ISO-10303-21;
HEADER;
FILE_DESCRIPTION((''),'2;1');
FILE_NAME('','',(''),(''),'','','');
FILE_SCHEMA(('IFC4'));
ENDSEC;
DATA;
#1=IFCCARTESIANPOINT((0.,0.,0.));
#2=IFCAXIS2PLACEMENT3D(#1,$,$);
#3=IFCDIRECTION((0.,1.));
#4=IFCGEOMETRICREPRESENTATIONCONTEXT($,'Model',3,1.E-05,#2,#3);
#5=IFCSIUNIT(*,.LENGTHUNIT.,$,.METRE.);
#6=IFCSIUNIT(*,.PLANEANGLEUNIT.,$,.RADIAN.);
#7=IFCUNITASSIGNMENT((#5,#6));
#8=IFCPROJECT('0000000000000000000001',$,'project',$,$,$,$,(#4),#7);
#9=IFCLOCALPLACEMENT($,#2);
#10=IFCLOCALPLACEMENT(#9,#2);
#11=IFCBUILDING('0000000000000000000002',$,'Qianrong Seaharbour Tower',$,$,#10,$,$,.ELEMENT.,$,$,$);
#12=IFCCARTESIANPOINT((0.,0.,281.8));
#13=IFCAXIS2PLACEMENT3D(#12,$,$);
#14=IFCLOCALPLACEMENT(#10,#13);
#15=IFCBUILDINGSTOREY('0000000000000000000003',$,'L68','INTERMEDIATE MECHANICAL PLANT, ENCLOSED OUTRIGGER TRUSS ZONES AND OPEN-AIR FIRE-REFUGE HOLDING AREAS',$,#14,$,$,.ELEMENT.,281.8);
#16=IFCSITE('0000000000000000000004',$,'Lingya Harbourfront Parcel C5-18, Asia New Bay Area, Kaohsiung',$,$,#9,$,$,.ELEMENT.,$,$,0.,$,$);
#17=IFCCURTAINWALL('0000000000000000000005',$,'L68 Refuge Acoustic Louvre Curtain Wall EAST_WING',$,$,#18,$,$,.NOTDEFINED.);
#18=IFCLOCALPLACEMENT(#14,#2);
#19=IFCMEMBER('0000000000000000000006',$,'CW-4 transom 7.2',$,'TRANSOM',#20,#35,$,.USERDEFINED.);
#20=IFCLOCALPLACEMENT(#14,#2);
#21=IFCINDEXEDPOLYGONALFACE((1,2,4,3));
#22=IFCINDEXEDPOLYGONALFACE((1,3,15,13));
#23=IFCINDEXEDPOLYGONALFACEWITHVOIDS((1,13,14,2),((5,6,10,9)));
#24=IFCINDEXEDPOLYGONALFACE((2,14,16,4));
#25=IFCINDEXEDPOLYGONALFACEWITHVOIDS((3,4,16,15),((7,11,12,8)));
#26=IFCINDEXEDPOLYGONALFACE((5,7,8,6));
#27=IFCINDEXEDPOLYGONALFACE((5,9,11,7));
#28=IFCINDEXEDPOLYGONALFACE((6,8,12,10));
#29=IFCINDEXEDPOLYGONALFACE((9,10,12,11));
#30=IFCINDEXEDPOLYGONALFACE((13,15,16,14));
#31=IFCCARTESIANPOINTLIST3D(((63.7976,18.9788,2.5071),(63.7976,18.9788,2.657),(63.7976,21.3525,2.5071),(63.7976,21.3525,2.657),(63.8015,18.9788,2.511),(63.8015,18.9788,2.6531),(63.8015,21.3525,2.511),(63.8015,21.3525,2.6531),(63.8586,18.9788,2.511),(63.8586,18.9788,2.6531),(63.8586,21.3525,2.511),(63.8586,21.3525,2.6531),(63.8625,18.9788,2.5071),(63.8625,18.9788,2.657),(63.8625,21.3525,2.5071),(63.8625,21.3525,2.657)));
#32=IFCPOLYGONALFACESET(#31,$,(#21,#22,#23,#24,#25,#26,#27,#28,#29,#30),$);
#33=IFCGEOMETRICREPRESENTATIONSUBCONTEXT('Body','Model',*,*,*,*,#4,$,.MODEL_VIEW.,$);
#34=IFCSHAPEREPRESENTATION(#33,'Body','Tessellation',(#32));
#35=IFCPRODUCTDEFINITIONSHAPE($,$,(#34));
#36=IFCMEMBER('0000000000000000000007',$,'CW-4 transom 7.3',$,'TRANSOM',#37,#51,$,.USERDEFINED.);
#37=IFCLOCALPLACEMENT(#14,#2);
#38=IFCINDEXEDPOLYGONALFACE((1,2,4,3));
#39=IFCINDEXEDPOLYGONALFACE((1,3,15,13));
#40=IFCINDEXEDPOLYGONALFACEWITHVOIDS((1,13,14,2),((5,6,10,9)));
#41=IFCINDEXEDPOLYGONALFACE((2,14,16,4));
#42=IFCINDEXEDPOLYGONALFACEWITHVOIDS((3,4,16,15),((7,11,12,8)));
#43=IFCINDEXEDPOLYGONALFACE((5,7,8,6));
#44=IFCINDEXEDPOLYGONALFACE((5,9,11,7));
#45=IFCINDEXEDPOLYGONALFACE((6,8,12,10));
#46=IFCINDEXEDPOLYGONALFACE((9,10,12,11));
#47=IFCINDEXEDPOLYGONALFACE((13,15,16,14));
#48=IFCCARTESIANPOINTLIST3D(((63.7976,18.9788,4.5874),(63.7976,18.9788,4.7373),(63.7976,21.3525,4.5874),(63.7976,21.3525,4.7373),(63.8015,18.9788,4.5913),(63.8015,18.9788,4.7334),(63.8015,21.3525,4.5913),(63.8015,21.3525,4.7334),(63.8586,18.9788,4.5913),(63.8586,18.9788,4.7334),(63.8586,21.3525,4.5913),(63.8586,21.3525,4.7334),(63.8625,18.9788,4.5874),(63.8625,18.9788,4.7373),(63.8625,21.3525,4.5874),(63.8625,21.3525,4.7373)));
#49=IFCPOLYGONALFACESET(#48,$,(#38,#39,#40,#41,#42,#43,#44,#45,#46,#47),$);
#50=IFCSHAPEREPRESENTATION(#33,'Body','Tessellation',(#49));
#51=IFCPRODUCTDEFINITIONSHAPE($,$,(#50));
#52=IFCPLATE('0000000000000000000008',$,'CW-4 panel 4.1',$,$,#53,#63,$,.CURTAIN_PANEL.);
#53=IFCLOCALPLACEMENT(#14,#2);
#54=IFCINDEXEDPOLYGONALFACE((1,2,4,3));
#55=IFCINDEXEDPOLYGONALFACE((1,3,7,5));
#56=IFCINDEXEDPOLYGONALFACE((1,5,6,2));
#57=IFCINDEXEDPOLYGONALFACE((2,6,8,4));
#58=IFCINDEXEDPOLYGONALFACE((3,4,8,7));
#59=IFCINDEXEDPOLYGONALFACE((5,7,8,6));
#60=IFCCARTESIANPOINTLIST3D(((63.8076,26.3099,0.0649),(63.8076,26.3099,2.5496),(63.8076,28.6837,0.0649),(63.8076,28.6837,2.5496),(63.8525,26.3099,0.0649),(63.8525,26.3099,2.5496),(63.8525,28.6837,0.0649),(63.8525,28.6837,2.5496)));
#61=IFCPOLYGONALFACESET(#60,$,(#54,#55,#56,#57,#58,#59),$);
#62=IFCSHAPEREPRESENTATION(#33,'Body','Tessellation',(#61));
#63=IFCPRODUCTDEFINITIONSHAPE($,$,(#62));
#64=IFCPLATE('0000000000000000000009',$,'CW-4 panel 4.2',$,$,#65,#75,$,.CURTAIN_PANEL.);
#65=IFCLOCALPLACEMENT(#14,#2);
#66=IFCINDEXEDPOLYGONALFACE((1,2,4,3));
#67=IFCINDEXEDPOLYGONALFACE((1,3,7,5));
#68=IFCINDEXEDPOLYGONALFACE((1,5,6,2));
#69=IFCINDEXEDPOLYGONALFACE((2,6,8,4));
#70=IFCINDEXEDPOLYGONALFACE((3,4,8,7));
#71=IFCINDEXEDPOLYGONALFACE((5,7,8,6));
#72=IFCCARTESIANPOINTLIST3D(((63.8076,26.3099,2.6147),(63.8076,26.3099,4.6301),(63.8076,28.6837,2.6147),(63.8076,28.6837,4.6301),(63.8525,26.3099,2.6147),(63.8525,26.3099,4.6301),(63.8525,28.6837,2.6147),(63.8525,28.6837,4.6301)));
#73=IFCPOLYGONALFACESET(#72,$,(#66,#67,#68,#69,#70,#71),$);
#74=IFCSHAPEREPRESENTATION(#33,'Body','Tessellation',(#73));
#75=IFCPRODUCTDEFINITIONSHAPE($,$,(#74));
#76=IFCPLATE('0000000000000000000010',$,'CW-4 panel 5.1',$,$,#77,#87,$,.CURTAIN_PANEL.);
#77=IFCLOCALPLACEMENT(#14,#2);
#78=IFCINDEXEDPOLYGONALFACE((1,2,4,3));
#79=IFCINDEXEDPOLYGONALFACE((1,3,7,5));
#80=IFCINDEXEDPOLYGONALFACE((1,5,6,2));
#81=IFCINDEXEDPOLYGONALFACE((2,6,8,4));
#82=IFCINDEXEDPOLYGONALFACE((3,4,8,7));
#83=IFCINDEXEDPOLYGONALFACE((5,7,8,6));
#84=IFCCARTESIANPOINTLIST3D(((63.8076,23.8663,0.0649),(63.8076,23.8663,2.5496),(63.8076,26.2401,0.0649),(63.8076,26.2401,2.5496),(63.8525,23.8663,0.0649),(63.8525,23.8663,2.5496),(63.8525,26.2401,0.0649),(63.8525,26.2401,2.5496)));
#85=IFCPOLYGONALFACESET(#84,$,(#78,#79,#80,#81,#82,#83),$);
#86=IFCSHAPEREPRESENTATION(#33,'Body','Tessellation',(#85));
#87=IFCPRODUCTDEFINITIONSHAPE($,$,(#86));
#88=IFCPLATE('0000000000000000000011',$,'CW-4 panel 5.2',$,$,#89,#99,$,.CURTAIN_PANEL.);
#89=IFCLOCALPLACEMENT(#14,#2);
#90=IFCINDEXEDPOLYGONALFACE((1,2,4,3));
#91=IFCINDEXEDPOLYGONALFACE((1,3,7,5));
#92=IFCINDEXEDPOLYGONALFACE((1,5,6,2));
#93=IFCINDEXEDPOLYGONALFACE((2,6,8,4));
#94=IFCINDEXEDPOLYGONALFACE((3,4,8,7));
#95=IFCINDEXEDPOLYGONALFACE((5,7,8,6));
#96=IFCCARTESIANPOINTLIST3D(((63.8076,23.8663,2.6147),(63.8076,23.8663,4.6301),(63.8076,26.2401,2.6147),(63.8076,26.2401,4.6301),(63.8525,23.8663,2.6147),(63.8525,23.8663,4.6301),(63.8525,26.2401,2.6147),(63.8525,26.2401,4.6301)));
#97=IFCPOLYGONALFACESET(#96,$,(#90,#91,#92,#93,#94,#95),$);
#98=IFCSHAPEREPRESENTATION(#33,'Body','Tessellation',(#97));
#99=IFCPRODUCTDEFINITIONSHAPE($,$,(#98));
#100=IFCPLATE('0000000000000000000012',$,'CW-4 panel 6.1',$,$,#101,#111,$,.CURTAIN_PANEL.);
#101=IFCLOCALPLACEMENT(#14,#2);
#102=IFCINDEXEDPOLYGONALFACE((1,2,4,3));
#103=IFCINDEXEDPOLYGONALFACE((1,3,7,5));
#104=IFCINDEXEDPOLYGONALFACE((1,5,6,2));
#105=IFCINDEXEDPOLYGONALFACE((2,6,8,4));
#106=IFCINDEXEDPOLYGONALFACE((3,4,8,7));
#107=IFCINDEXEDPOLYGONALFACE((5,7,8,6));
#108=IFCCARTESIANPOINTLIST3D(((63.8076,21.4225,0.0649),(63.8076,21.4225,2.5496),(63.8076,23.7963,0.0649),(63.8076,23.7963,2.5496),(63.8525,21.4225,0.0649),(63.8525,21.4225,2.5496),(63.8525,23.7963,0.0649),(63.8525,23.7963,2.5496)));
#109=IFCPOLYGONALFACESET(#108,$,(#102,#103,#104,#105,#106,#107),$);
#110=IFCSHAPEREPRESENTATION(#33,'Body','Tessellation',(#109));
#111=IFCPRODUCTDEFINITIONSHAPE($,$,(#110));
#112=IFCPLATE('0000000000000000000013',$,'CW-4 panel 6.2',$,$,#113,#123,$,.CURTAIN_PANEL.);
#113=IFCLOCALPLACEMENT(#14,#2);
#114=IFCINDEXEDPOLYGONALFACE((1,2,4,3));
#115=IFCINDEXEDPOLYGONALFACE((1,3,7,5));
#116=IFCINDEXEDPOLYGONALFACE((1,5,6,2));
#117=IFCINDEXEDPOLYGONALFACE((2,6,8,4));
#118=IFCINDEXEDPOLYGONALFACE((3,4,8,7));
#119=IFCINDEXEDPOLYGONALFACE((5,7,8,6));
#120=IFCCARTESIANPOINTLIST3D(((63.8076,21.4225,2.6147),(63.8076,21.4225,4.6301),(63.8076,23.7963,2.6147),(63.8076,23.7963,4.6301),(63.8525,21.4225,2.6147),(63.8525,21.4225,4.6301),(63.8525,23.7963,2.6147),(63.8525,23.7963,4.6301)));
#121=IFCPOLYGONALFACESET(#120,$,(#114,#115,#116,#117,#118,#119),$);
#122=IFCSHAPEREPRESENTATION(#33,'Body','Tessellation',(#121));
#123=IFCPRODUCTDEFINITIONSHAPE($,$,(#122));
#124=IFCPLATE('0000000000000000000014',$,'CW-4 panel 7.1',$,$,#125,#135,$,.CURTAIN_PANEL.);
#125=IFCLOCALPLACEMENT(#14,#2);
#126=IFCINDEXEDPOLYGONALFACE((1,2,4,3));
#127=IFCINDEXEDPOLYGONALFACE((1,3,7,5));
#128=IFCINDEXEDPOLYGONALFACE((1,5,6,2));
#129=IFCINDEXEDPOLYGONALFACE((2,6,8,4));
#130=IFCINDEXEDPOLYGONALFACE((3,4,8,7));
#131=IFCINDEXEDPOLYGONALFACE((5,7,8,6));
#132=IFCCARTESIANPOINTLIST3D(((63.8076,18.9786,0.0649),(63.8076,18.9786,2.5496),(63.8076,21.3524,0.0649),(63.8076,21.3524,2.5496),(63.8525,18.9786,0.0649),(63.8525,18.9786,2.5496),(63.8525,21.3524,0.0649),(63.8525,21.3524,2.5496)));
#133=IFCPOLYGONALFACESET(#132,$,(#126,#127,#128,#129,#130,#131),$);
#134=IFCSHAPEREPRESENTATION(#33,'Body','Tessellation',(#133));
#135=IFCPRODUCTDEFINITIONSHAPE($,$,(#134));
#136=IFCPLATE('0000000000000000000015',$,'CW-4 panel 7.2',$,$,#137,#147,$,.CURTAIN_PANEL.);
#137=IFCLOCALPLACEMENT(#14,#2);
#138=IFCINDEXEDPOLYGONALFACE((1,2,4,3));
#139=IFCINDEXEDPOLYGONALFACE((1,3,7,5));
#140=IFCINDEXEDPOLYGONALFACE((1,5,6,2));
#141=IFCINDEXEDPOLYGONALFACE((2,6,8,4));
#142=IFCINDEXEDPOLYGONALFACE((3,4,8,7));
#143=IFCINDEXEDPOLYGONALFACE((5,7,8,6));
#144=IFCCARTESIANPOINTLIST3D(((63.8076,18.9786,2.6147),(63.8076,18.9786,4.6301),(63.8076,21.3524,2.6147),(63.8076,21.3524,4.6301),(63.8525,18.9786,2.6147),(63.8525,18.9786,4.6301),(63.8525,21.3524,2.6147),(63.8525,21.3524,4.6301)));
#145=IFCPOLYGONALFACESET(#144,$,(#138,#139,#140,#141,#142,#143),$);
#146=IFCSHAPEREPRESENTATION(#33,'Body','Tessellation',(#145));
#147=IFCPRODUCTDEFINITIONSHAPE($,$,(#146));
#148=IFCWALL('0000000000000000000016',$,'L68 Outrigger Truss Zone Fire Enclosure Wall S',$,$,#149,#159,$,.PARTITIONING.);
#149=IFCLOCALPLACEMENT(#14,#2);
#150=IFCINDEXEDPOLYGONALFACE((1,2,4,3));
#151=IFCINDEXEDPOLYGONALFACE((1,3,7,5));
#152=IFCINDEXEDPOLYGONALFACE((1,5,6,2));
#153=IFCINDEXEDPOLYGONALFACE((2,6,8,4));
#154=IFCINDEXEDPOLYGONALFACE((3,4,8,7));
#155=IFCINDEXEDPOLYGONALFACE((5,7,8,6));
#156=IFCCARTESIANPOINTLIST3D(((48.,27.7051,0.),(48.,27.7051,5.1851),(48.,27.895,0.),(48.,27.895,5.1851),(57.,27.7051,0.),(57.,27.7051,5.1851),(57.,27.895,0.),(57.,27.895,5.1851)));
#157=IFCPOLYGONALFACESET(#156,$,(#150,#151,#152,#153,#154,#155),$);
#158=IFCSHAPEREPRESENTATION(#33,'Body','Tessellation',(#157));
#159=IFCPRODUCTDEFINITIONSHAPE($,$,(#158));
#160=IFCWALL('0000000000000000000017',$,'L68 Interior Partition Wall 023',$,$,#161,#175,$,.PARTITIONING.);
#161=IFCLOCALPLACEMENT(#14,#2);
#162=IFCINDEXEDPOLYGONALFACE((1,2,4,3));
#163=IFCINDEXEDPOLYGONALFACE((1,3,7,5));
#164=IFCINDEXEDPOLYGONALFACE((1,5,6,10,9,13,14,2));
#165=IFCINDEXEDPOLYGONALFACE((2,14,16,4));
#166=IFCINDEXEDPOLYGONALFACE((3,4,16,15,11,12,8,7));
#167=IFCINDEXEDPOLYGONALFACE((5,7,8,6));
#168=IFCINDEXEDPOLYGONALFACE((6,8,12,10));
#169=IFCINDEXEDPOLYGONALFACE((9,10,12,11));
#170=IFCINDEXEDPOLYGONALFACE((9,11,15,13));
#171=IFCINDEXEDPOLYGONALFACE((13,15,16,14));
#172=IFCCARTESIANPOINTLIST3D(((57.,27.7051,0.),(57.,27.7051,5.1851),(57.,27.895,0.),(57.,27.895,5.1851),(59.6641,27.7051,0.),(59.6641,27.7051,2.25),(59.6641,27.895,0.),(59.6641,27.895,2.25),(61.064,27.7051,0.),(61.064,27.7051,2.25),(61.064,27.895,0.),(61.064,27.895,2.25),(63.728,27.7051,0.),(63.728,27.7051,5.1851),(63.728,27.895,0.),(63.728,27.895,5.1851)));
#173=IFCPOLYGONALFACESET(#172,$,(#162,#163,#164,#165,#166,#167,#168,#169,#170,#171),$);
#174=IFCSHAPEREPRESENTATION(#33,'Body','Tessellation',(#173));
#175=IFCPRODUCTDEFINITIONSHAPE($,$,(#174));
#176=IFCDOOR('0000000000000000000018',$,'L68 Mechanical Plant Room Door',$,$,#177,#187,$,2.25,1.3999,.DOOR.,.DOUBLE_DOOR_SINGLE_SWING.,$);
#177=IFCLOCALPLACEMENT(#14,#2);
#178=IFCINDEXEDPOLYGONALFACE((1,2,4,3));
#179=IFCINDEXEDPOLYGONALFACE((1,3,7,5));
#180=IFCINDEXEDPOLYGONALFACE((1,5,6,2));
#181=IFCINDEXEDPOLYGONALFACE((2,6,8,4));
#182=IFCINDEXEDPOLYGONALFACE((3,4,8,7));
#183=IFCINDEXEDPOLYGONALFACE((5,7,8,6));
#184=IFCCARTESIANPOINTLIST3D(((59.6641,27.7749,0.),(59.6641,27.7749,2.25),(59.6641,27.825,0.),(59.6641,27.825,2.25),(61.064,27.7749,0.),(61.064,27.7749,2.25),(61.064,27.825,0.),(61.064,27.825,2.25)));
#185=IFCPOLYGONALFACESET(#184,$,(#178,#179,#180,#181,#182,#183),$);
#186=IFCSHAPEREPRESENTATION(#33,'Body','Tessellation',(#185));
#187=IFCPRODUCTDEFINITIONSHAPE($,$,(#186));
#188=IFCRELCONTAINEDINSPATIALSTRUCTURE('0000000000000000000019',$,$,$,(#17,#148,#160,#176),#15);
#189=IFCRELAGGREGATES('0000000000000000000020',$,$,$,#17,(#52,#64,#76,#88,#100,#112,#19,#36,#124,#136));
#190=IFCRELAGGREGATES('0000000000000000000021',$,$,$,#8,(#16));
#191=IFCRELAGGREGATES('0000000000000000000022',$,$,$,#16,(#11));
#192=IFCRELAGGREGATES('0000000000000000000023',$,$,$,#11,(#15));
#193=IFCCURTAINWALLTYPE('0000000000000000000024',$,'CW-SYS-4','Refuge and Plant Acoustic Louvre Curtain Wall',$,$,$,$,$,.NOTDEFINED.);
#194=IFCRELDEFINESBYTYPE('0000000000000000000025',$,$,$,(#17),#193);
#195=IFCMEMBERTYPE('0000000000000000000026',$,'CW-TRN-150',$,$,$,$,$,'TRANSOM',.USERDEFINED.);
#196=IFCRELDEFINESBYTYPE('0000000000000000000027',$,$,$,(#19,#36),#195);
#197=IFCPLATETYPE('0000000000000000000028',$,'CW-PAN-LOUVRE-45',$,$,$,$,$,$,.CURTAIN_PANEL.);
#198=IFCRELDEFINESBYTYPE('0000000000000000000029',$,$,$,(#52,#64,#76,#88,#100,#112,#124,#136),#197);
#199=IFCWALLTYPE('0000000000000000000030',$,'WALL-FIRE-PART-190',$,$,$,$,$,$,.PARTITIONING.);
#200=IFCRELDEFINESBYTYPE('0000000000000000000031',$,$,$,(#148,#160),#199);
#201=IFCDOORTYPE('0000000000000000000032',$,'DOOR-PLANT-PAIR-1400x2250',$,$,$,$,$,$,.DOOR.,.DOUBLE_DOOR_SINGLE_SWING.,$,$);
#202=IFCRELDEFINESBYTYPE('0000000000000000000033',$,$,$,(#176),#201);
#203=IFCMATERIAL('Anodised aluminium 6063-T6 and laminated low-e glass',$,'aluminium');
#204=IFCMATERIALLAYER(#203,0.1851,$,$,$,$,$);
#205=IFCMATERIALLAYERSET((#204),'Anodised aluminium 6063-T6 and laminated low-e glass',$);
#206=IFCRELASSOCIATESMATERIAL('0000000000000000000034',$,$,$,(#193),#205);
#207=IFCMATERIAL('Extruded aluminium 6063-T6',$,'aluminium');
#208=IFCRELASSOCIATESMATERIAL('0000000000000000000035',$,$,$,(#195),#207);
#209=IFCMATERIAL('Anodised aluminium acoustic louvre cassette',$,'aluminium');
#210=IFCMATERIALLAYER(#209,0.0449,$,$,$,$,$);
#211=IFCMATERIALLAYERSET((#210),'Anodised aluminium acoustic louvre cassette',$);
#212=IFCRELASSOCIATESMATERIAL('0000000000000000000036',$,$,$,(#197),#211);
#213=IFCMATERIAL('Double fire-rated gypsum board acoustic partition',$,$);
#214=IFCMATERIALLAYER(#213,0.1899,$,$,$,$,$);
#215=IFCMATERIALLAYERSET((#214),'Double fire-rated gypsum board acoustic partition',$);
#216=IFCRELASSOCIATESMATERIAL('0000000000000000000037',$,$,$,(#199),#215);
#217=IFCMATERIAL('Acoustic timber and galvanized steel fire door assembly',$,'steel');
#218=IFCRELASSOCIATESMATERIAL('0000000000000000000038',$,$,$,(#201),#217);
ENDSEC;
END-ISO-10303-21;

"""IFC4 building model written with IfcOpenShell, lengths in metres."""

from ifc_helpers import new_model, si_unit, direction, frame, frame_2d, origin, origin_2d, place, context, subcontext, project, spatial, rectangle, hollow_rectangle, extrude, material, layer, layer_set, material_profile, profile_set, type_object, element, fill, aggregate, save


model = new_model("IFC4")

# Units and contexts
model_context = context("Model", 3, precision=1e-05, world=origin(), true_north=direction((0.0, 1.0)))
body_context = subcontext(model_context, "Body", "Model", "MODEL_VIEW")
ifc_project = project(units=[si_unit("LENGTHUNIT", "METRE"), si_unit("PLANEANGLEUNIT", "RADIAN")], contexts=[model_context])

# Site, building, storey
site_placement = place(None, origin())
site = spatial("IfcSite", under=ifc_project, at=site_placement, Name="Lingya Harbourfront Parcel C5-18, Asia New Bay Area, Kaohsiung", CompositionType="ELEMENT", RefElevation=0.0)
building_placement = place(site_placement, origin())
building = spatial("IfcBuilding", under=site, at=building_placement, Name="Qianrong Seaharbour Tower", CompositionType="ELEMENT")
storey_placement = place(building_placement, frame((0.0, 0.0, 281.8)))
storey = spatial("IfcBuildingStorey", under=building, at=storey_placement, Name="L68", Description="INTERMEDIATE MECHANICAL PLANT, ENCLOSED OUTRIGGER TRUSS ZONES AND OPEN-AIR FIRE-REFUGE HOLDING AREAS", CompositionType="ELEMENT", Elevation=281.8)

# Curtain wall, members, plates
ifc_material_1 = material(Name="Anodised aluminium 6063-T6 and laminated low-e glass", Category="aluminium")
ifc_layer_1 = layer(ifc_material_1, 0.1851)
ifc_layer_set_1 = layer_set([ifc_layer_1], Name="Anodised aluminium 6063-T6 and laminated low-e glass")
curtain_wall_type = type_object("IfcCurtainWallType", Name="CW-SYS-4", Description="Refuge and Plant Acoustic Louvre Curtain Wall", PredefinedType="NOTDEFINED", material=ifc_layer_set_1)
curtain_wall_placement = place(storey_placement, origin())
curtain_wall = element("IfcCurtainWall", 1, at=curtain_wall_placement, inside=storey, type_object=curtain_wall_type, Name="L68 Refuge Acoustic Louvre Curtain Wall EAST_WING", PredefinedType="NOTDEFINED")
ifc_material_2 = material(Name="Extruded aluminium 6063-T6", Category="aluminium")
ifc_material_profile_1 = material_profile(ifc_material_2, hollow_rectangle(XDim=0.0649, YDim=0.1499, WallThickness=0.0039, at=origin_2d()), Name="ALU-TRN-150x65x4")
ifc_profile_set_1 = profile_set([ifc_material_profile_1], Name="Extruded aluminium 6063-T6")
member_type_1 = type_object("IfcMemberType", Name="CW-TRN-150", ElementType="TRANSOM", PredefinedType="USERDEFINED", material=ifc_profile_set_1)
member_1_placement = place(storey_placement, frame((63.8301, 21.3525, 2.582), z_axis=(0.0, -1.0, 0.0), x_axis=(1.0, 0.0, 0.0)))
member_1 = element("IfcMember", 2, at=member_1_placement, type_object=member_type_1, Name="CW-4 transom 7.2", ObjectType="TRANSOM", PredefinedType="USERDEFINED", context=body_context, shape_type="SweptSolid", body=[
    extrude(hollow_rectangle(XDim=0.0649, YDim=0.1499, WallThickness=0.0039, at=origin_2d()), origin(), (0.0, 0.0, 1.0), 2.3738),
])
member_2_placement = place(storey_placement, frame((63.8301, 21.3525, 4.6624), z_axis=(0.0, -1.0, 0.0), x_axis=(1.0, 0.0, 0.0)))
member_2 = element("IfcMember", 3, at=member_2_placement, type_object=member_type_1, Name="CW-4 transom 7.3", ObjectType="TRANSOM", PredefinedType="USERDEFINED", context=body_context, shape_type="SweptSolid", body=[
    extrude(hollow_rectangle(XDim=0.0649, YDim=0.1499, WallThickness=0.0039, at=origin_2d()), origin(), (0.0, 0.0, 1.0), 2.3738),
])
ifc_material_3 = material(Name="Anodised aluminium acoustic louvre cassette", Category="aluminium")
ifc_layer_2 = layer(ifc_material_3, 0.0449)
ifc_layer_set_2 = layer_set([ifc_layer_2], Name="Anodised aluminium acoustic louvre cassette")
plate_type = type_object("IfcPlateType", Name="CW-PAN-LOUVRE-45", PredefinedType="CURTAIN_PANEL", material=ifc_layer_set_2)
plate_1_placement = place(storey_placement, frame((63.8301, 27.4968, 0.0649), z_axis=(0.0, 0.0, 1.0), x_axis=(0.0, -1.0, 0.0)))
plate_1 = element("IfcPlate", 4, at=plate_1_placement, type_object=plate_type, Name="CW-4 panel 4.1", PredefinedType="CURTAIN_PANEL", context=body_context, shape_type="SweptSolid", body=[
    extrude(rectangle(XDim=2.3738, YDim=0.0449, at=origin_2d()), origin(), (0.0, 0.0, 1.0), 2.4846),
])
plate_2_placement = place(storey_placement, frame((63.8301, 27.4968, 2.6147), z_axis=(0.0, 0.0, 1.0), x_axis=(0.0, -1.0, 0.0)))
plate_2 = element("IfcPlate", 5, at=plate_2_placement, type_object=plate_type, Name="CW-4 panel 4.2", PredefinedType="CURTAIN_PANEL", context=body_context, shape_type="SweptSolid", body=[
    extrude(rectangle(XDim=2.3738, YDim=0.0449, at=origin_2d()), origin(), (0.0, 0.0, 1.0), 2.0154),
])
plate_3_placement = place(storey_placement, frame((63.8301, 25.0532, 0.0649), z_axis=(0.0, 0.0, 1.0), x_axis=(0.0, -1.0, 0.0)))
plate_3 = element("IfcPlate", 6, at=plate_3_placement, type_object=plate_type, Name="CW-4 panel 5.1", PredefinedType="CURTAIN_PANEL", context=body_context, shape_type="SweptSolid", body=[
    extrude(rectangle(XDim=2.3738, YDim=0.0449, at=origin_2d()), origin(), (0.0, 0.0, 1.0), 2.4846),
])
plate_4_placement = place(storey_placement, frame((63.8301, 25.0532, 2.6147), z_axis=(0.0, 0.0, 1.0), x_axis=(0.0, -1.0, 0.0)))
plate_4 = element("IfcPlate", 7, at=plate_4_placement, type_object=plate_type, Name="CW-4 panel 5.2", PredefinedType="CURTAIN_PANEL", context=body_context, shape_type="SweptSolid", body=[
    extrude(rectangle(XDim=2.3738, YDim=0.0449, at=origin_2d()), origin(), (0.0, 0.0, 1.0), 2.0154),
])
plate_5_placement = place(storey_placement, frame((63.8301, 22.6094, 0.0649), z_axis=(0.0, 0.0, 1.0), x_axis=(0.0, -1.0, 0.0)))
plate_5 = element("IfcPlate", 8, at=plate_5_placement, type_object=plate_type, Name="CW-4 panel 6.1", PredefinedType="CURTAIN_PANEL", context=body_context, shape_type="SweptSolid", body=[
    extrude(rectangle(XDim=2.3738, YDim=0.0449, at=origin_2d()), origin(), (0.0, 0.0, 1.0), 2.4846),
])
plate_6_placement = place(storey_placement, frame((63.8301, 22.6094, 2.6147), z_axis=(0.0, 0.0, 1.0), x_axis=(0.0, -1.0, 0.0)))
plate_6 = element("IfcPlate", 9, at=plate_6_placement, type_object=plate_type, Name="CW-4 panel 6.2", PredefinedType="CURTAIN_PANEL", context=body_context, shape_type="SweptSolid", body=[
    extrude(rectangle(XDim=2.3738, YDim=0.0449, at=origin_2d()), origin(), (0.0, 0.0, 1.0), 2.0154),
])
plate_7_placement = place(storey_placement, frame((63.8301, 20.1655, 0.0649), z_axis=(0.0, 0.0, 1.0), x_axis=(0.0, -1.0, 0.0)))
plate_7 = element("IfcPlate", 10, at=plate_7_placement, type_object=plate_type, Name="CW-4 panel 7.1", PredefinedType="CURTAIN_PANEL", context=body_context, shape_type="SweptSolid", body=[
    extrude(rectangle(XDim=2.3738, YDim=0.0449, at=origin_2d()), origin(), (0.0, 0.0, 1.0), 2.4846),
])
plate_8_placement = place(storey_placement, frame((63.8301, 20.1655, 2.6147), z_axis=(0.0, 0.0, 1.0), x_axis=(0.0, -1.0, 0.0)))
plate_8 = element("IfcPlate", 11, at=plate_8_placement, type_object=plate_type, Name="CW-4 panel 7.2", PredefinedType="CURTAIN_PANEL", context=body_context, shape_type="SweptSolid", body=[
    extrude(rectangle(XDim=2.3738, YDim=0.0449, at=origin_2d()), origin(), (0.0, 0.0, 1.0), 2.0154),
])
aggregate(curtain_wall, [plate_1, plate_2, plate_3, plate_4, plate_5, plate_6, member_1, member_2, plate_7, plate_8])

# Wall
ifc_material_4 = material(Name="Double fire-rated gypsum board acoustic partition")
ifc_layer_3 = layer(ifc_material_4, 0.1899)
ifc_layer_set_3 = layer_set([ifc_layer_3], Name="Double fire-rated gypsum board acoustic partition")
wall_type = type_object("IfcWallType", Name="WALL-FIRE-PART-190", PredefinedType="PARTITIONING", material=ifc_layer_set_3)
wall_1_placement = place(storey_placement, frame((57.0, 27.8, 0.0), z_axis=(0.0, 0.0, 1.0), x_axis=(-1.0, 0.0, 0.0)))
element("IfcWall", 12, at=wall_1_placement, inside=storey, type_object=wall_type, Name="L68 Outrigger Truss Zone Fire Enclosure Wall S", PredefinedType="PARTITIONING", context=body_context, shape_type="SweptSolid", body=[
    extrude(rectangle(XDim=9.0, YDim=0.1899, at=frame_2d((4.5, 0.0))), origin(), (0.0, 0.0, 1.0), 5.1851),
])

# Wall, opening, door
wall_2_placement = place(storey_placement, frame((57.0, 27.8, 0.0), z_axis=(0.0, 0.0, 1.0), x_axis=(1.0, 0.0, 0.0)))
wall_2 = element("IfcWall", 13, at=wall_2_placement, inside=storey, type_object=wall_type, Name="L68 Interior Partition Wall 023", PredefinedType="PARTITIONING", context=body_context, shape_type="SweptSolid", body=[
    extrude(rectangle(XDim=6.728, YDim=0.1899, at=frame_2d((3.364, 0.0))), origin(), (0.0, 0.0, 1.0), 5.1851),
])
opening_placement = place(wall_2_placement, frame((2.6641, 0.0, 0.0)))
opening = element("IfcOpeningElement", 14, at=opening_placement, cuts=wall_2, PredefinedType="OPENING", context=body_context, shape_type="SweptSolid", body=[
    extrude(rectangle(XDim=1.3999, YDim=2.25, at=frame_2d((0.7, 1.125))), frame((0.0, 0.105, 0.0), z_axis=(0.0, -1.0, 0.0), x_axis=(1.0, 0.0, 0.0)), (0.0, 0.0, 1.0), 0.21),
])
ifc_material_5 = material(Name="Acoustic timber and galvanized steel fire door assembly", Category="steel")
door_type = type_object("IfcDoorType", Name="DOOR-PLANT-PAIR-1400x2250", OperationType="DOUBLE_DOOR_SINGLE_SWING", PredefinedType="DOOR", material=ifc_material_5)
door_placement = place(opening_placement, origin())
door = element("IfcDoor", 15, at=door_placement, inside=storey, type_object=door_type, Name="L68 Mechanical Plant Room Door", OperationType="DOUBLE_DOOR_SINGLE_SWING", OverallHeight=2.25, OverallWidth=1.3999, PredefinedType="DOOR", context=body_context, shape_type="SweptSolid", body=[
    extrude(rectangle(XDim=1.3999, YDim=2.25, at=frame_2d((0.7, 1.125))), frame((0.0, 0.0249, 0.0), z_axis=(0.0, -1.0, 0.0), x_axis=(1.0, 0.0, 0.0)), (0.0, 0.0, 1.0), 0.05),
])
fill(opening, door)

save(model, "model.ifc")
